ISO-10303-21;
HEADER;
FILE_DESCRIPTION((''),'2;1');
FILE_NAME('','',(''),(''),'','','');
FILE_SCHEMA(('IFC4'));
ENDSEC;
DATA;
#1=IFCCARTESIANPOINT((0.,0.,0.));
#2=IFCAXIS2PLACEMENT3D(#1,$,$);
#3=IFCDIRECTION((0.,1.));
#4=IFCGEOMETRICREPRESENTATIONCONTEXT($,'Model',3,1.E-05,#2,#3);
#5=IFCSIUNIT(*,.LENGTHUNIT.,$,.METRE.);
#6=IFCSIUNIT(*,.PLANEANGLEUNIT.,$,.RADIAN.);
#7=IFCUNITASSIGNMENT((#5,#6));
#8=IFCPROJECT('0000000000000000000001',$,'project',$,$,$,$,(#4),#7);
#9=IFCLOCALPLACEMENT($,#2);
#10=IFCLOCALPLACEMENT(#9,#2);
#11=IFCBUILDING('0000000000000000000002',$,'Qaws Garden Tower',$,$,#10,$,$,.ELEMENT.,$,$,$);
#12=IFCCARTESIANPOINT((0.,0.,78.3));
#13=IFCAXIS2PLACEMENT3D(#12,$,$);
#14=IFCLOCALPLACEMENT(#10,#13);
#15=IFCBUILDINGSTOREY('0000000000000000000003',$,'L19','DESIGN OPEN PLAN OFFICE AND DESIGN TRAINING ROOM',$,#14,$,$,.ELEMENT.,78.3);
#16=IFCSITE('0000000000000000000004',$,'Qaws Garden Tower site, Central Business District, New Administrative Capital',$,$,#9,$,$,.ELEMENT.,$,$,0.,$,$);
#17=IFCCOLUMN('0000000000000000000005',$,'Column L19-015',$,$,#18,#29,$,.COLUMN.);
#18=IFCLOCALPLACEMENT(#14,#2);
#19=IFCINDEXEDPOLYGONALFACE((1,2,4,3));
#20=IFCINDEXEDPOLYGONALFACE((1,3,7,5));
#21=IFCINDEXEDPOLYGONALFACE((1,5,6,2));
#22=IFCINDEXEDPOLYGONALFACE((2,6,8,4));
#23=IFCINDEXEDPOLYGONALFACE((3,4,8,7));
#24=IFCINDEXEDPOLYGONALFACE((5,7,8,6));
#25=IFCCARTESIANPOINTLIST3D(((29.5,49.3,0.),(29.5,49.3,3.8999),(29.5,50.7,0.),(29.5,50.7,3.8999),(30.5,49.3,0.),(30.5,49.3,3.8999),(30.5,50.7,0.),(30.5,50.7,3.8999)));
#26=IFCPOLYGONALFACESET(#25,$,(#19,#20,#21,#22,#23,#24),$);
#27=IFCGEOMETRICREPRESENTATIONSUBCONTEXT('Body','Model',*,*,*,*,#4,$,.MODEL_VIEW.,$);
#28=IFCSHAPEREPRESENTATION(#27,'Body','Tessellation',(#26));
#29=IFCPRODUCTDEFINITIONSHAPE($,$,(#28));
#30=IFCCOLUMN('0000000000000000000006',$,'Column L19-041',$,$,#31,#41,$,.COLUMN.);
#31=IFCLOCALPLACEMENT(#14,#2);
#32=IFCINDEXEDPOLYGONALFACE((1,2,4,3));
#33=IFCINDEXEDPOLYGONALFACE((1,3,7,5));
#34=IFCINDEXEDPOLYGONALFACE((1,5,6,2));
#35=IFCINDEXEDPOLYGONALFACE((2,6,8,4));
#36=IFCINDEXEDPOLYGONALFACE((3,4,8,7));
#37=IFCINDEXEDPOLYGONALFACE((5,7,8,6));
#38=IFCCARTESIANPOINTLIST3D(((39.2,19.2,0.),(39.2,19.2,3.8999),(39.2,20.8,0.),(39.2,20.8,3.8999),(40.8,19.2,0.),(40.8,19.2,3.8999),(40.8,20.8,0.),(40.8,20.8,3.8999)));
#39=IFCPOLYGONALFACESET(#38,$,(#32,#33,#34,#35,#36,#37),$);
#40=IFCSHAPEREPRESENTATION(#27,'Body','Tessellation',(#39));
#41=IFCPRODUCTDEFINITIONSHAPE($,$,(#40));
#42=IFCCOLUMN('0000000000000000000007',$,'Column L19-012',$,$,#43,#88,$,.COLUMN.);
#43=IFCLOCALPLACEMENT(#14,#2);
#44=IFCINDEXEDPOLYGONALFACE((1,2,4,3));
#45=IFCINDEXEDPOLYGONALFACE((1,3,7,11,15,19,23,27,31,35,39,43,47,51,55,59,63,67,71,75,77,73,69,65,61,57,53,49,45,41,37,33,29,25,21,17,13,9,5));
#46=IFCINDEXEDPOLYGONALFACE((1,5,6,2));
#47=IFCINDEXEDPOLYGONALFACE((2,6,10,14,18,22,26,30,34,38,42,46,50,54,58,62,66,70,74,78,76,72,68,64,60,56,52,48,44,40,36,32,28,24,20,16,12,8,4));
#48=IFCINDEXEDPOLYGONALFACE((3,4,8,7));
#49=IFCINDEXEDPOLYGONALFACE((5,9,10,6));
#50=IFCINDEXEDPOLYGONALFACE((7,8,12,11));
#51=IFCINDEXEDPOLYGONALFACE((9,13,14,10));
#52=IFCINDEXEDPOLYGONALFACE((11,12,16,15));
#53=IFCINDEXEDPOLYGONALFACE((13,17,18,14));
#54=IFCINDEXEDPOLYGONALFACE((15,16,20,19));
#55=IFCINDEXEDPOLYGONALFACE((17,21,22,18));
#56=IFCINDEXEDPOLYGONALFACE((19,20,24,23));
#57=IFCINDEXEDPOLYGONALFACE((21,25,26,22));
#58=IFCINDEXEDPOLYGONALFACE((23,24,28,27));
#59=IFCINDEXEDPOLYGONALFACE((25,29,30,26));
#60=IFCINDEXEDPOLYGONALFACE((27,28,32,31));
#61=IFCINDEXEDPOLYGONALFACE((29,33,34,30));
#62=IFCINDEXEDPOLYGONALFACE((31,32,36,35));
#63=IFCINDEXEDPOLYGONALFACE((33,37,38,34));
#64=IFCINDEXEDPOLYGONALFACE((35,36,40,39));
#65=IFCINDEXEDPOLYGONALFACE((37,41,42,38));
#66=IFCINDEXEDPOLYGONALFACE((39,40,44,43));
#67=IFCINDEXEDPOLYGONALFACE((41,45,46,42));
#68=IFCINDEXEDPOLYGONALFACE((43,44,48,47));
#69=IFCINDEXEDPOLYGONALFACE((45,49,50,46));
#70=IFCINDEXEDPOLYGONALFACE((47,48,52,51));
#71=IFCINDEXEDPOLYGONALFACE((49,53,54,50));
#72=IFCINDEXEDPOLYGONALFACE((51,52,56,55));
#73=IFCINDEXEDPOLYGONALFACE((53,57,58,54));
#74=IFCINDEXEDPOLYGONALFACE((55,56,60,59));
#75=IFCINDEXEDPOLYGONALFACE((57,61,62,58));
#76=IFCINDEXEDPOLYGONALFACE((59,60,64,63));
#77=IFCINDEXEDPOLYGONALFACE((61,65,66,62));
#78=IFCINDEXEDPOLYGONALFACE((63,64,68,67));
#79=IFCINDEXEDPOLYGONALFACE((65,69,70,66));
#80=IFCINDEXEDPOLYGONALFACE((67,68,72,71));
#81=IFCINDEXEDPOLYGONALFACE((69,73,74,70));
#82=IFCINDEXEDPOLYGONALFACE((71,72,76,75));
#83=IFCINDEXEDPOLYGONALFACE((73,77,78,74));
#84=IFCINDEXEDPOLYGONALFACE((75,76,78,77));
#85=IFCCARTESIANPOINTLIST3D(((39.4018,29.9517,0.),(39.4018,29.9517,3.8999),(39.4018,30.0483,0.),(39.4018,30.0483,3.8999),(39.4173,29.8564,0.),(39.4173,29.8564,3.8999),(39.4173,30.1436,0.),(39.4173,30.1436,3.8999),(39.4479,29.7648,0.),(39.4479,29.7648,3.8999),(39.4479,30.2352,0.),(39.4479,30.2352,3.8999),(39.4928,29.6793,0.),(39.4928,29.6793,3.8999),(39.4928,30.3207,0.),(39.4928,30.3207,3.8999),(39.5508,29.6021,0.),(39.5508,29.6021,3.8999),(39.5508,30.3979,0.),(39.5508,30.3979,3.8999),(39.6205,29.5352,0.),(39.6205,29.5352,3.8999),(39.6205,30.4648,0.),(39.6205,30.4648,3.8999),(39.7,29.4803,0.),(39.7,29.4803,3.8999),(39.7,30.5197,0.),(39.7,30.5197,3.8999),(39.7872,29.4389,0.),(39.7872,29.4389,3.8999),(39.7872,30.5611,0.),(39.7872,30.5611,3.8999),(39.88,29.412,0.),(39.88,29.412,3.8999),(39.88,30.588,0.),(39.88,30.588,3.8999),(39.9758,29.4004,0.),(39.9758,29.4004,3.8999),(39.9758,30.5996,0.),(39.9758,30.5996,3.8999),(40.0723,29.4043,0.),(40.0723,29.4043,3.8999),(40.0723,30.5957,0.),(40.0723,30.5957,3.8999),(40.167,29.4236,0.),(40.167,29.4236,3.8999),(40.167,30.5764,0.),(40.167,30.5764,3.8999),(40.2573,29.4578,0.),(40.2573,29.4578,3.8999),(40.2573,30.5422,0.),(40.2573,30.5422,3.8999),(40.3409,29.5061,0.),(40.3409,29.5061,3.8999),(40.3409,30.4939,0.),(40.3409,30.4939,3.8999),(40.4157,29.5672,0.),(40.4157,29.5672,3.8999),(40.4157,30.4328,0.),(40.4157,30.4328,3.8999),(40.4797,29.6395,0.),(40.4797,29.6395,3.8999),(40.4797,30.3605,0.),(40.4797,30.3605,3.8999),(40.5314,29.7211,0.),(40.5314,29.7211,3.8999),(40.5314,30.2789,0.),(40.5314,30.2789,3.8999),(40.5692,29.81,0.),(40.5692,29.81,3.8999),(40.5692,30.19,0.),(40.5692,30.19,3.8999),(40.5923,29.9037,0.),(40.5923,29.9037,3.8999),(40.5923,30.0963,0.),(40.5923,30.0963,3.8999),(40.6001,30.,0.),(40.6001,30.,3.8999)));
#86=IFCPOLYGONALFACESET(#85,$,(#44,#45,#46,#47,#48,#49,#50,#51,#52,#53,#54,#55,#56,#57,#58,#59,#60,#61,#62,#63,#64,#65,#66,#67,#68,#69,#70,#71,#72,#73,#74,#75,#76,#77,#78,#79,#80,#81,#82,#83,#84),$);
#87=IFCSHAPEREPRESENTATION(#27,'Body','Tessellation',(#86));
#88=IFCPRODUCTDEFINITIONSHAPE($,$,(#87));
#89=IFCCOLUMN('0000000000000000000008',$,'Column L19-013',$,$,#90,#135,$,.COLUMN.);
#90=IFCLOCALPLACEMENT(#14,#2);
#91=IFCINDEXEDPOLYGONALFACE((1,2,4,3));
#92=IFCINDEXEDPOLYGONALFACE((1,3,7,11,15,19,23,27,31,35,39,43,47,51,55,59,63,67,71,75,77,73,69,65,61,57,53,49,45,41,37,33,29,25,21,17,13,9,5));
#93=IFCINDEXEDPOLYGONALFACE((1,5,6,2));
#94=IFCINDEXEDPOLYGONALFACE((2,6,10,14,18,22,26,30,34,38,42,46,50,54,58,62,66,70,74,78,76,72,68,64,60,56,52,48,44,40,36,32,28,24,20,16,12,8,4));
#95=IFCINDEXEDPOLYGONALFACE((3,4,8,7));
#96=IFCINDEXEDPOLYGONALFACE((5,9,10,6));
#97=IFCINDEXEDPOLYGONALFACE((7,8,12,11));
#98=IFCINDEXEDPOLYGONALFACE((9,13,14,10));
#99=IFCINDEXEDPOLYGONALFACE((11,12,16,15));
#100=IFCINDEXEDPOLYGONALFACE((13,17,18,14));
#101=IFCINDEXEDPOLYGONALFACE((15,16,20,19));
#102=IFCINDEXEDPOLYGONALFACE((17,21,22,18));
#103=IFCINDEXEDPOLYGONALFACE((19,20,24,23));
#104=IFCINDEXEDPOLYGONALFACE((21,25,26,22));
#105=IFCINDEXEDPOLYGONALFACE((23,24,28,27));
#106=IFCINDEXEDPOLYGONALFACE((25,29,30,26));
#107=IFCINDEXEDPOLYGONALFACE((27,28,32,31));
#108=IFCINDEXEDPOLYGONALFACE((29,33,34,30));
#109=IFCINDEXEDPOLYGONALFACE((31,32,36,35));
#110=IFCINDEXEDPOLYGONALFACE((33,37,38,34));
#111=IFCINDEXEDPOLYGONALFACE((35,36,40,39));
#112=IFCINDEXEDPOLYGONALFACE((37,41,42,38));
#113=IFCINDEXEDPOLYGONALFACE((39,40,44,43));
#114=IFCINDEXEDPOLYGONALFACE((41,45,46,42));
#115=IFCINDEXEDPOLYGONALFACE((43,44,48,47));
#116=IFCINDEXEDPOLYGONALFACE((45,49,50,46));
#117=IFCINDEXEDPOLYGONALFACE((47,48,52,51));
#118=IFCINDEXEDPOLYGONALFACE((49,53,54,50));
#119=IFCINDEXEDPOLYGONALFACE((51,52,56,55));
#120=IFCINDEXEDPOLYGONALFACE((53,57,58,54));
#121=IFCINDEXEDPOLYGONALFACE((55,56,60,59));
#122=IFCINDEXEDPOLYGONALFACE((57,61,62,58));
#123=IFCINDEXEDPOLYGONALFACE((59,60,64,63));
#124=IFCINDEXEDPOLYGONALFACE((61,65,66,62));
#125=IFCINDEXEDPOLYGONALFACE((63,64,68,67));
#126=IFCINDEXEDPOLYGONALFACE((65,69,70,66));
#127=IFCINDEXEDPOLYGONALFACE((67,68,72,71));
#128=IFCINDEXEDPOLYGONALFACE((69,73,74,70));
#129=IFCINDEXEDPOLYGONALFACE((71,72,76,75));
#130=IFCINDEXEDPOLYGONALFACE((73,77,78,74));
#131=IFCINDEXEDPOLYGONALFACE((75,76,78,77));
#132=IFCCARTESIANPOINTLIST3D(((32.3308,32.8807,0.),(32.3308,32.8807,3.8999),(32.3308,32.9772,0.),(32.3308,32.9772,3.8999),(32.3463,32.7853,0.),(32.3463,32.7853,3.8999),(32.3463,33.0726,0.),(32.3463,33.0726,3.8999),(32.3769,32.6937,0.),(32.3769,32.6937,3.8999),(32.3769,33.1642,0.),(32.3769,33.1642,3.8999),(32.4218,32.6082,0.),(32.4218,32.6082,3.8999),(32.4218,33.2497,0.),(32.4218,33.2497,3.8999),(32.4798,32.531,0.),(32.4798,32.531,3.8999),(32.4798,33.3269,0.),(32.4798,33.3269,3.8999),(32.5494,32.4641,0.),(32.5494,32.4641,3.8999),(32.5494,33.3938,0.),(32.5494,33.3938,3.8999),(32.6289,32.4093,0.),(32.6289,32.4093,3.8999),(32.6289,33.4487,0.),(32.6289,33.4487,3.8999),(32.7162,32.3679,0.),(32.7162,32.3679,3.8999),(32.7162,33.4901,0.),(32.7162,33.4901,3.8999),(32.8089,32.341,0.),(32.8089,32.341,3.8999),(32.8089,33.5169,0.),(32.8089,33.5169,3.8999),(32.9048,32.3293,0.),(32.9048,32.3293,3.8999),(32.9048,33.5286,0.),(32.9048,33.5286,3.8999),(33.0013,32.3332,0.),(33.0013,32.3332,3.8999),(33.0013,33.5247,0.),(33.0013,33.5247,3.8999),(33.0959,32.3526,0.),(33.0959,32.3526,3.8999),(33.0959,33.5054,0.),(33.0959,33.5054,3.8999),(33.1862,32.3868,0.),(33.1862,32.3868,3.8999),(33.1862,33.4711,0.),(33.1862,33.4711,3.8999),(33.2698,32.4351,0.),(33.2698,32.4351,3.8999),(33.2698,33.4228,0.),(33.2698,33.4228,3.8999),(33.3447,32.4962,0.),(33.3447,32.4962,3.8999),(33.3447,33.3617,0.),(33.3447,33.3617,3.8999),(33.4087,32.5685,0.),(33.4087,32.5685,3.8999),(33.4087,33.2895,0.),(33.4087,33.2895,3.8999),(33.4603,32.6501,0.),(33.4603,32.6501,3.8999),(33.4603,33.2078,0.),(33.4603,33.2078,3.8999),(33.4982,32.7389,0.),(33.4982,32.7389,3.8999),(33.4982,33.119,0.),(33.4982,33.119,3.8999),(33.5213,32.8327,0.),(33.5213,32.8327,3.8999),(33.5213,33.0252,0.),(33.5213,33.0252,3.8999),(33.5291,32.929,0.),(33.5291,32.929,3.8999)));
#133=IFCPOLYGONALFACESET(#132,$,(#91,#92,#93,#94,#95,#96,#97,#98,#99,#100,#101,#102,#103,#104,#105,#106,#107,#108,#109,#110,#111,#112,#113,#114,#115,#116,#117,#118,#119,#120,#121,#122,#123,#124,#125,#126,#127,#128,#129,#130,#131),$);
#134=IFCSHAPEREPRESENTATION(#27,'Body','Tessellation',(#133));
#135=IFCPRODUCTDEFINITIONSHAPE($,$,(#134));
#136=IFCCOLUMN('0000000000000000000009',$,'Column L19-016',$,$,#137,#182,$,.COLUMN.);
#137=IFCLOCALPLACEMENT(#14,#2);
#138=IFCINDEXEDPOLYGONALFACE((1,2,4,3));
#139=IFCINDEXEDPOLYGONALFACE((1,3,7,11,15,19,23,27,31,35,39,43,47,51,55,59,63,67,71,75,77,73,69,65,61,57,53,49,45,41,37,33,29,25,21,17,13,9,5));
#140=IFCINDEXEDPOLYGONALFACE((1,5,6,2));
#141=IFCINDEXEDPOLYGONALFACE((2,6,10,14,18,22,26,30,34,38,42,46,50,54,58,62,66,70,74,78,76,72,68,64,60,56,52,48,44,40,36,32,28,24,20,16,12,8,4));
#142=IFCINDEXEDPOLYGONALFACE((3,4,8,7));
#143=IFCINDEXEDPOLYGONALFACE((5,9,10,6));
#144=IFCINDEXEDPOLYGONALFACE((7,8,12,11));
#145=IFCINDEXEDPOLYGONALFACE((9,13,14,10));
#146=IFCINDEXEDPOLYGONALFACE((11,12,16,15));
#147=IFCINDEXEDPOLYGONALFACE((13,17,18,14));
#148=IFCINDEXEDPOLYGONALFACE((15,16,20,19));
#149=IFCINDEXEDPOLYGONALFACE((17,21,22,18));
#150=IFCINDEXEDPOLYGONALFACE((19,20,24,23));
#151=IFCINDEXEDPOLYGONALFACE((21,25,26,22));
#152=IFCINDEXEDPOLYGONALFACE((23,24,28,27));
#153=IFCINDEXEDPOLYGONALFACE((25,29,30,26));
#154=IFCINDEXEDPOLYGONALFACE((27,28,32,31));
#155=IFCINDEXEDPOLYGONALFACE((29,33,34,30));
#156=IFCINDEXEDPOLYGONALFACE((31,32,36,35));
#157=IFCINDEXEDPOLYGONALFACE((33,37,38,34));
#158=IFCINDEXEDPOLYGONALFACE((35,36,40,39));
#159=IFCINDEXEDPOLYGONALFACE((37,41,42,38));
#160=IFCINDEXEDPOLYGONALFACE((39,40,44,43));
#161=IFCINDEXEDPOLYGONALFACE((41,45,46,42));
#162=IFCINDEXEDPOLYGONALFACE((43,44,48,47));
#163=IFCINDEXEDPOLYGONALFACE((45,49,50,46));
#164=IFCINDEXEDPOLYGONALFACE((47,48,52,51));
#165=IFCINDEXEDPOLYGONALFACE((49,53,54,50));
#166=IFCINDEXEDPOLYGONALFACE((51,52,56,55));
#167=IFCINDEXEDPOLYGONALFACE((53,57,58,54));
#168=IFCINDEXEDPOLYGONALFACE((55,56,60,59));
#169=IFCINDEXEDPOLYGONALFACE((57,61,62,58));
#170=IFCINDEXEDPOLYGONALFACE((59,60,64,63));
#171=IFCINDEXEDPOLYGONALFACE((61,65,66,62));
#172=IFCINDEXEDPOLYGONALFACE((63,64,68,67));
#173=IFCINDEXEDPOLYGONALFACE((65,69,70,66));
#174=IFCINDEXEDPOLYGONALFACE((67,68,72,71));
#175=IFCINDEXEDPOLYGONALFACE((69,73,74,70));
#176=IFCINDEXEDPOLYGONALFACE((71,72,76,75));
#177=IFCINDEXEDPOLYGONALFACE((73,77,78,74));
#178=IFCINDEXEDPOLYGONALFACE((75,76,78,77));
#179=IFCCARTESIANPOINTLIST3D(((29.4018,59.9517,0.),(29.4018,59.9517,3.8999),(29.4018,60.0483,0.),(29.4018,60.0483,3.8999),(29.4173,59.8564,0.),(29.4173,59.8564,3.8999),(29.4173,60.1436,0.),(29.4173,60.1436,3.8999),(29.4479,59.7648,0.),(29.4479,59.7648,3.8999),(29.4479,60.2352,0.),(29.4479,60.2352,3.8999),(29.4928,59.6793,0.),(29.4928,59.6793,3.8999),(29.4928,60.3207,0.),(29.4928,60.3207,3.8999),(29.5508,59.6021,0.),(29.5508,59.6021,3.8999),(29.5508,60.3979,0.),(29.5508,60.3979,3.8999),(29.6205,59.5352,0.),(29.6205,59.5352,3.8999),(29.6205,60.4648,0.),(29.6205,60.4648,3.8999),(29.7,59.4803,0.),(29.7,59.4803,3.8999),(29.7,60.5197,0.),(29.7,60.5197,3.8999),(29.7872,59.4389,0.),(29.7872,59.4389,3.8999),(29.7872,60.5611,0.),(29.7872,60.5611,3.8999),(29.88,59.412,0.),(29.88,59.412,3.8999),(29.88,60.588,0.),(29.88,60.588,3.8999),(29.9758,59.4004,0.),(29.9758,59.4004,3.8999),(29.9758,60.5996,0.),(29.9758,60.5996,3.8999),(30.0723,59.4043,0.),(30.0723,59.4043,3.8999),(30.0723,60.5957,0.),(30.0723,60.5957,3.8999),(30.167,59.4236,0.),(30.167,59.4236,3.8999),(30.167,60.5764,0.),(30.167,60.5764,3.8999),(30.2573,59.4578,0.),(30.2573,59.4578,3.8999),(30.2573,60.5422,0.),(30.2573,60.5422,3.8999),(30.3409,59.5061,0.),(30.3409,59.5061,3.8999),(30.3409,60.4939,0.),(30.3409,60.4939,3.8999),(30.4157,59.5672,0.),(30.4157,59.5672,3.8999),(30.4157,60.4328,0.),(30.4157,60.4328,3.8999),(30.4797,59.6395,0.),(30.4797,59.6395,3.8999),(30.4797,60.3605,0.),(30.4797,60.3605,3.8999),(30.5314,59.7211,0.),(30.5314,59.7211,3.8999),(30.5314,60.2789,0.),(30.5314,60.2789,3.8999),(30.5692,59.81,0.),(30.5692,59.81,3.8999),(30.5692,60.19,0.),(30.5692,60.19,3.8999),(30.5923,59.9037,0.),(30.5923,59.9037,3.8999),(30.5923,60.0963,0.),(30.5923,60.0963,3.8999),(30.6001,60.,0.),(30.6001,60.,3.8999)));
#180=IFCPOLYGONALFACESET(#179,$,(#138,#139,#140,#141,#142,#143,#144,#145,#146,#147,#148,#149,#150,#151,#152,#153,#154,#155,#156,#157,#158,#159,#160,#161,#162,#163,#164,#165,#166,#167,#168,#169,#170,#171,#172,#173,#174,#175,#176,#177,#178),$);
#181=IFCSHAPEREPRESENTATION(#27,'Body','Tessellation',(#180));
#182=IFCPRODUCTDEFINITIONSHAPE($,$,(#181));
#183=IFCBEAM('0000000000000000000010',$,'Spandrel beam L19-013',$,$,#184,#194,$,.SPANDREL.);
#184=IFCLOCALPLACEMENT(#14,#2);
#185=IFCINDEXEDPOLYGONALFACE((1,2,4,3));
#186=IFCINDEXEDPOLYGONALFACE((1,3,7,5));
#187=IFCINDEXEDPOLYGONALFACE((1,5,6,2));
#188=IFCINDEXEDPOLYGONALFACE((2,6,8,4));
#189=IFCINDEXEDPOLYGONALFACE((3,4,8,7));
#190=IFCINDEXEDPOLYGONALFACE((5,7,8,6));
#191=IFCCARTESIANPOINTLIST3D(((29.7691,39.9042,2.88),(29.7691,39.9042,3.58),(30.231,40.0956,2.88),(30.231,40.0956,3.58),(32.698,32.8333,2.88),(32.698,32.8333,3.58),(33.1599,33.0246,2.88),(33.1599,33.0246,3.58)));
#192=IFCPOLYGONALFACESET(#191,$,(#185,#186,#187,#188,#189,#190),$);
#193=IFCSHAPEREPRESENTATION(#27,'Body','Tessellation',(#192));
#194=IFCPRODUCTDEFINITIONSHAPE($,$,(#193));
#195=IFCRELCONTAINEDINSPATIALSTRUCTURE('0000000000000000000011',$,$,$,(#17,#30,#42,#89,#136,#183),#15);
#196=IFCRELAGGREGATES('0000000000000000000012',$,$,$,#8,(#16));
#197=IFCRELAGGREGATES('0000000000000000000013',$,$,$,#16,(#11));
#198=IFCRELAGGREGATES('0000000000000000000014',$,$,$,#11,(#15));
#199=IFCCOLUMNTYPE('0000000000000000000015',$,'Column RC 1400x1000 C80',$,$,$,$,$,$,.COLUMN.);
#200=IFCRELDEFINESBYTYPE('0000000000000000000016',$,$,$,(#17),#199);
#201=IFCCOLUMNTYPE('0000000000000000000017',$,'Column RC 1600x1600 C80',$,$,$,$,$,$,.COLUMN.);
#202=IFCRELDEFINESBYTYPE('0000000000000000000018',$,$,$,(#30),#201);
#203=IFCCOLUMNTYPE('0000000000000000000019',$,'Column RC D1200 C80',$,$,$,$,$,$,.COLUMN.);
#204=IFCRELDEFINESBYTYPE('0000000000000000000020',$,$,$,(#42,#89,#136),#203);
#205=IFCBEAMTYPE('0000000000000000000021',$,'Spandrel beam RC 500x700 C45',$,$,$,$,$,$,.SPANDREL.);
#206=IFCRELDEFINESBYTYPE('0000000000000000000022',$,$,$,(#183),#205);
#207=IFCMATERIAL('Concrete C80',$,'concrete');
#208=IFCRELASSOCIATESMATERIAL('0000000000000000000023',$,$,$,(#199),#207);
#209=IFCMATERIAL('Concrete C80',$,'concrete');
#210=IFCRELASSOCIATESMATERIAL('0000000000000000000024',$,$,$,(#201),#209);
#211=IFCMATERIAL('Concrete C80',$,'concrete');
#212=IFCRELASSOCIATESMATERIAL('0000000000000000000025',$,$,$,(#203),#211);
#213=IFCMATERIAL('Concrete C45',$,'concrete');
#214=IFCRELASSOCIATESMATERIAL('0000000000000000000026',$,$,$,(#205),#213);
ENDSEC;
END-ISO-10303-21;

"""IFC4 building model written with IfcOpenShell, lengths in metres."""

from ifc_helpers import new_model, si_unit, direction, frame, origin, origin_2d, place, context, subcontext, project, spatial, rectangle, circle, extrude, material, material_profile, profile_set, type_object, element, save


model = new_model("IFC4")

# Units and contexts
model_context = context("Model", 3, precision=1e-05, world=origin(), true_north=direction((0.0, 1.0)))
body_context = subcontext(model_context, "Body", "Model", "MODEL_VIEW")
ifc_project = project(units=[si_unit("LENGTHUNIT", "METRE"), si_unit("PLANEANGLEUNIT", "RADIAN")], contexts=[model_context])

# Site, building, storey
site_placement = place(None, origin())
site = spatial("IfcSite", under=ifc_project, at=site_placement, Name="Qaws Garden Tower site, Central Business District, New Administrative Capital", CompositionType="ELEMENT", RefElevation=0.0)
building_placement = place(site_placement, origin())
building = spatial("IfcBuilding", under=site, at=building_placement, Name="Qaws Garden Tower", CompositionType="ELEMENT")
storey_placement = place(building_placement, frame((0.0, 0.0, 78.3)))
storey = spatial("IfcBuildingStorey", under=building, at=storey_placement, Name="L19", Description="DESIGN OPEN PLAN OFFICE AND DESIGN TRAINING ROOM", CompositionType="ELEMENT", Elevation=78.3)

# Columns
ifc_material_1 = material(Name="Concrete C80", Category="concrete")
ifc_material_profile_1 = material_profile(ifc_material_1, rectangle(XDim=1.3999, YDim=1.0, at=origin_2d()), Name="RC 1400x1000")
ifc_profile_set_1 = profile_set([ifc_material_profile_1], Name="Concrete C80")
column_type_1 = type_object("IfcColumnType", Name="Column RC 1400x1000 C80", PredefinedType="COLUMN", material=ifc_profile_set_1)
column_1_placement = place(storey_placement, frame((30.0, 50.0, 0.0), z_axis=(0.0, 0.0, 1.0), x_axis=(0.0, 1.0, 0.0)))
element("IfcColumn", 1, at=column_1_placement, inside=storey, type_object=column_type_1, Name="Column L19-015", PredefinedType="COLUMN", context=body_context, shape_type="SweptSolid", body=[
    extrude(rectangle(XDim=1.3999, YDim=1.0, at=origin_2d()), origin(), (0.0, 0.0, 1.0), 3.8999),
])
ifc_material_2 = material(Name="Concrete C80", Category="concrete")
ifc_material_profile_2 = material_profile(ifc_material_2, rectangle(XDim=1.6001, YDim=1.6001, at=origin_2d()), Name="RC 1600x1600")
ifc_profile_set_2 = profile_set([ifc_material_profile_2], Name="Concrete C80")
column_type_2 = type_object("IfcColumnType", Name="Column RC 1600x1600 C80", PredefinedType="COLUMN", material=ifc_profile_set_2)
column_2_placement = place(storey_placement, frame((40.0, 20.0, 0.0), z_axis=(0.0, 0.0, 1.0), x_axis=(1.0, 0.0, 0.0)))
element("IfcColumn", 2, at=column_2_placement, inside=storey, type_object=column_type_2, Name="Column L19-041", PredefinedType="COLUMN", context=body_context, shape_type="SweptSolid", body=[
    extrude(rectangle(XDim=1.6001, YDim=1.6001, at=origin_2d()), origin(), (0.0, 0.0, 1.0), 3.8999),
])
ifc_material_3 = material(Name="Concrete C80", Category="concrete")
ifc_material_profile_3 = material_profile(ifc_material_3, circle(Radius=0.6001, at=origin_2d()), Name="RC D1200")
ifc_profile_set_3 = profile_set([ifc_material_profile_3], Name="Concrete C80")
column_type_3 = type_object("IfcColumnType", Name="Column RC D1200 C80", PredefinedType="COLUMN", material=ifc_profile_set_3)
for number, where, z_axis, x_axis, name in (
    (3, (40.0, 30.0, 0.0), (0.0, 0.0, 1.0), (1.0, 0.0, 0.0), "Column L19-012"),
    (4, (32.929, 32.929, 0.0), (0.0, 0.0, 1.0), (1.0, 0.0, 0.0), "Column L19-013"),
    (5, (30.0, 60.0, 0.0), (0.0, 0.0, 1.0), (1.0, 0.0, 0.0), "Column L19-016"),
):
    element("IfcColumn", number, at=place(storey_placement, frame(where, z_axis=z_axis, x_axis=x_axis)), inside=storey, type_object=column_type_3, Name=name, PredefinedType="COLUMN", context=body_context, shape_type="SweptSolid", body=[
        extrude(circle(Radius=0.6001, at=origin_2d()), origin(), (0.0, 0.0, 1.0), 3.8999),
    ])

# Beam
ifc_material_4 = material(Name="Concrete C45", Category="concrete")
ifc_material_profile_4 = material_profile(ifc_material_4, rectangle(XDim=0.5, YDim=0.7, at=origin_2d()), Name="RC 500x700")
ifc_profile_set_4 = profile_set([ifc_material_profile_4], Name="Concrete C45")
beam_type = type_object("IfcBeamType", Name="Spandrel beam RC 500x700 C45", PredefinedType="SPANDREL", material=ifc_profile_set_4)
beam_1_placement = place(storey_placement, frame((32.929, 32.929, 3.23), z_axis=(-0.382687, 0.923878, 0.0), x_axis=(-0.923878, -0.382687, 0.0)))
element("IfcBeam", 6, at=beam_1_placement, inside=storey, type_object=beam_type, Name="Spandrel beam L19-013", PredefinedType="SPANDREL", context=body_context, shape_type="SweptSolid", body=[
    extrude(rectangle(XDim=0.5, YDim=0.7, at=origin_2d()), origin(), (0.0, 0.0, 1.0), 7.6536),
])

save(model, "model.ifc")
